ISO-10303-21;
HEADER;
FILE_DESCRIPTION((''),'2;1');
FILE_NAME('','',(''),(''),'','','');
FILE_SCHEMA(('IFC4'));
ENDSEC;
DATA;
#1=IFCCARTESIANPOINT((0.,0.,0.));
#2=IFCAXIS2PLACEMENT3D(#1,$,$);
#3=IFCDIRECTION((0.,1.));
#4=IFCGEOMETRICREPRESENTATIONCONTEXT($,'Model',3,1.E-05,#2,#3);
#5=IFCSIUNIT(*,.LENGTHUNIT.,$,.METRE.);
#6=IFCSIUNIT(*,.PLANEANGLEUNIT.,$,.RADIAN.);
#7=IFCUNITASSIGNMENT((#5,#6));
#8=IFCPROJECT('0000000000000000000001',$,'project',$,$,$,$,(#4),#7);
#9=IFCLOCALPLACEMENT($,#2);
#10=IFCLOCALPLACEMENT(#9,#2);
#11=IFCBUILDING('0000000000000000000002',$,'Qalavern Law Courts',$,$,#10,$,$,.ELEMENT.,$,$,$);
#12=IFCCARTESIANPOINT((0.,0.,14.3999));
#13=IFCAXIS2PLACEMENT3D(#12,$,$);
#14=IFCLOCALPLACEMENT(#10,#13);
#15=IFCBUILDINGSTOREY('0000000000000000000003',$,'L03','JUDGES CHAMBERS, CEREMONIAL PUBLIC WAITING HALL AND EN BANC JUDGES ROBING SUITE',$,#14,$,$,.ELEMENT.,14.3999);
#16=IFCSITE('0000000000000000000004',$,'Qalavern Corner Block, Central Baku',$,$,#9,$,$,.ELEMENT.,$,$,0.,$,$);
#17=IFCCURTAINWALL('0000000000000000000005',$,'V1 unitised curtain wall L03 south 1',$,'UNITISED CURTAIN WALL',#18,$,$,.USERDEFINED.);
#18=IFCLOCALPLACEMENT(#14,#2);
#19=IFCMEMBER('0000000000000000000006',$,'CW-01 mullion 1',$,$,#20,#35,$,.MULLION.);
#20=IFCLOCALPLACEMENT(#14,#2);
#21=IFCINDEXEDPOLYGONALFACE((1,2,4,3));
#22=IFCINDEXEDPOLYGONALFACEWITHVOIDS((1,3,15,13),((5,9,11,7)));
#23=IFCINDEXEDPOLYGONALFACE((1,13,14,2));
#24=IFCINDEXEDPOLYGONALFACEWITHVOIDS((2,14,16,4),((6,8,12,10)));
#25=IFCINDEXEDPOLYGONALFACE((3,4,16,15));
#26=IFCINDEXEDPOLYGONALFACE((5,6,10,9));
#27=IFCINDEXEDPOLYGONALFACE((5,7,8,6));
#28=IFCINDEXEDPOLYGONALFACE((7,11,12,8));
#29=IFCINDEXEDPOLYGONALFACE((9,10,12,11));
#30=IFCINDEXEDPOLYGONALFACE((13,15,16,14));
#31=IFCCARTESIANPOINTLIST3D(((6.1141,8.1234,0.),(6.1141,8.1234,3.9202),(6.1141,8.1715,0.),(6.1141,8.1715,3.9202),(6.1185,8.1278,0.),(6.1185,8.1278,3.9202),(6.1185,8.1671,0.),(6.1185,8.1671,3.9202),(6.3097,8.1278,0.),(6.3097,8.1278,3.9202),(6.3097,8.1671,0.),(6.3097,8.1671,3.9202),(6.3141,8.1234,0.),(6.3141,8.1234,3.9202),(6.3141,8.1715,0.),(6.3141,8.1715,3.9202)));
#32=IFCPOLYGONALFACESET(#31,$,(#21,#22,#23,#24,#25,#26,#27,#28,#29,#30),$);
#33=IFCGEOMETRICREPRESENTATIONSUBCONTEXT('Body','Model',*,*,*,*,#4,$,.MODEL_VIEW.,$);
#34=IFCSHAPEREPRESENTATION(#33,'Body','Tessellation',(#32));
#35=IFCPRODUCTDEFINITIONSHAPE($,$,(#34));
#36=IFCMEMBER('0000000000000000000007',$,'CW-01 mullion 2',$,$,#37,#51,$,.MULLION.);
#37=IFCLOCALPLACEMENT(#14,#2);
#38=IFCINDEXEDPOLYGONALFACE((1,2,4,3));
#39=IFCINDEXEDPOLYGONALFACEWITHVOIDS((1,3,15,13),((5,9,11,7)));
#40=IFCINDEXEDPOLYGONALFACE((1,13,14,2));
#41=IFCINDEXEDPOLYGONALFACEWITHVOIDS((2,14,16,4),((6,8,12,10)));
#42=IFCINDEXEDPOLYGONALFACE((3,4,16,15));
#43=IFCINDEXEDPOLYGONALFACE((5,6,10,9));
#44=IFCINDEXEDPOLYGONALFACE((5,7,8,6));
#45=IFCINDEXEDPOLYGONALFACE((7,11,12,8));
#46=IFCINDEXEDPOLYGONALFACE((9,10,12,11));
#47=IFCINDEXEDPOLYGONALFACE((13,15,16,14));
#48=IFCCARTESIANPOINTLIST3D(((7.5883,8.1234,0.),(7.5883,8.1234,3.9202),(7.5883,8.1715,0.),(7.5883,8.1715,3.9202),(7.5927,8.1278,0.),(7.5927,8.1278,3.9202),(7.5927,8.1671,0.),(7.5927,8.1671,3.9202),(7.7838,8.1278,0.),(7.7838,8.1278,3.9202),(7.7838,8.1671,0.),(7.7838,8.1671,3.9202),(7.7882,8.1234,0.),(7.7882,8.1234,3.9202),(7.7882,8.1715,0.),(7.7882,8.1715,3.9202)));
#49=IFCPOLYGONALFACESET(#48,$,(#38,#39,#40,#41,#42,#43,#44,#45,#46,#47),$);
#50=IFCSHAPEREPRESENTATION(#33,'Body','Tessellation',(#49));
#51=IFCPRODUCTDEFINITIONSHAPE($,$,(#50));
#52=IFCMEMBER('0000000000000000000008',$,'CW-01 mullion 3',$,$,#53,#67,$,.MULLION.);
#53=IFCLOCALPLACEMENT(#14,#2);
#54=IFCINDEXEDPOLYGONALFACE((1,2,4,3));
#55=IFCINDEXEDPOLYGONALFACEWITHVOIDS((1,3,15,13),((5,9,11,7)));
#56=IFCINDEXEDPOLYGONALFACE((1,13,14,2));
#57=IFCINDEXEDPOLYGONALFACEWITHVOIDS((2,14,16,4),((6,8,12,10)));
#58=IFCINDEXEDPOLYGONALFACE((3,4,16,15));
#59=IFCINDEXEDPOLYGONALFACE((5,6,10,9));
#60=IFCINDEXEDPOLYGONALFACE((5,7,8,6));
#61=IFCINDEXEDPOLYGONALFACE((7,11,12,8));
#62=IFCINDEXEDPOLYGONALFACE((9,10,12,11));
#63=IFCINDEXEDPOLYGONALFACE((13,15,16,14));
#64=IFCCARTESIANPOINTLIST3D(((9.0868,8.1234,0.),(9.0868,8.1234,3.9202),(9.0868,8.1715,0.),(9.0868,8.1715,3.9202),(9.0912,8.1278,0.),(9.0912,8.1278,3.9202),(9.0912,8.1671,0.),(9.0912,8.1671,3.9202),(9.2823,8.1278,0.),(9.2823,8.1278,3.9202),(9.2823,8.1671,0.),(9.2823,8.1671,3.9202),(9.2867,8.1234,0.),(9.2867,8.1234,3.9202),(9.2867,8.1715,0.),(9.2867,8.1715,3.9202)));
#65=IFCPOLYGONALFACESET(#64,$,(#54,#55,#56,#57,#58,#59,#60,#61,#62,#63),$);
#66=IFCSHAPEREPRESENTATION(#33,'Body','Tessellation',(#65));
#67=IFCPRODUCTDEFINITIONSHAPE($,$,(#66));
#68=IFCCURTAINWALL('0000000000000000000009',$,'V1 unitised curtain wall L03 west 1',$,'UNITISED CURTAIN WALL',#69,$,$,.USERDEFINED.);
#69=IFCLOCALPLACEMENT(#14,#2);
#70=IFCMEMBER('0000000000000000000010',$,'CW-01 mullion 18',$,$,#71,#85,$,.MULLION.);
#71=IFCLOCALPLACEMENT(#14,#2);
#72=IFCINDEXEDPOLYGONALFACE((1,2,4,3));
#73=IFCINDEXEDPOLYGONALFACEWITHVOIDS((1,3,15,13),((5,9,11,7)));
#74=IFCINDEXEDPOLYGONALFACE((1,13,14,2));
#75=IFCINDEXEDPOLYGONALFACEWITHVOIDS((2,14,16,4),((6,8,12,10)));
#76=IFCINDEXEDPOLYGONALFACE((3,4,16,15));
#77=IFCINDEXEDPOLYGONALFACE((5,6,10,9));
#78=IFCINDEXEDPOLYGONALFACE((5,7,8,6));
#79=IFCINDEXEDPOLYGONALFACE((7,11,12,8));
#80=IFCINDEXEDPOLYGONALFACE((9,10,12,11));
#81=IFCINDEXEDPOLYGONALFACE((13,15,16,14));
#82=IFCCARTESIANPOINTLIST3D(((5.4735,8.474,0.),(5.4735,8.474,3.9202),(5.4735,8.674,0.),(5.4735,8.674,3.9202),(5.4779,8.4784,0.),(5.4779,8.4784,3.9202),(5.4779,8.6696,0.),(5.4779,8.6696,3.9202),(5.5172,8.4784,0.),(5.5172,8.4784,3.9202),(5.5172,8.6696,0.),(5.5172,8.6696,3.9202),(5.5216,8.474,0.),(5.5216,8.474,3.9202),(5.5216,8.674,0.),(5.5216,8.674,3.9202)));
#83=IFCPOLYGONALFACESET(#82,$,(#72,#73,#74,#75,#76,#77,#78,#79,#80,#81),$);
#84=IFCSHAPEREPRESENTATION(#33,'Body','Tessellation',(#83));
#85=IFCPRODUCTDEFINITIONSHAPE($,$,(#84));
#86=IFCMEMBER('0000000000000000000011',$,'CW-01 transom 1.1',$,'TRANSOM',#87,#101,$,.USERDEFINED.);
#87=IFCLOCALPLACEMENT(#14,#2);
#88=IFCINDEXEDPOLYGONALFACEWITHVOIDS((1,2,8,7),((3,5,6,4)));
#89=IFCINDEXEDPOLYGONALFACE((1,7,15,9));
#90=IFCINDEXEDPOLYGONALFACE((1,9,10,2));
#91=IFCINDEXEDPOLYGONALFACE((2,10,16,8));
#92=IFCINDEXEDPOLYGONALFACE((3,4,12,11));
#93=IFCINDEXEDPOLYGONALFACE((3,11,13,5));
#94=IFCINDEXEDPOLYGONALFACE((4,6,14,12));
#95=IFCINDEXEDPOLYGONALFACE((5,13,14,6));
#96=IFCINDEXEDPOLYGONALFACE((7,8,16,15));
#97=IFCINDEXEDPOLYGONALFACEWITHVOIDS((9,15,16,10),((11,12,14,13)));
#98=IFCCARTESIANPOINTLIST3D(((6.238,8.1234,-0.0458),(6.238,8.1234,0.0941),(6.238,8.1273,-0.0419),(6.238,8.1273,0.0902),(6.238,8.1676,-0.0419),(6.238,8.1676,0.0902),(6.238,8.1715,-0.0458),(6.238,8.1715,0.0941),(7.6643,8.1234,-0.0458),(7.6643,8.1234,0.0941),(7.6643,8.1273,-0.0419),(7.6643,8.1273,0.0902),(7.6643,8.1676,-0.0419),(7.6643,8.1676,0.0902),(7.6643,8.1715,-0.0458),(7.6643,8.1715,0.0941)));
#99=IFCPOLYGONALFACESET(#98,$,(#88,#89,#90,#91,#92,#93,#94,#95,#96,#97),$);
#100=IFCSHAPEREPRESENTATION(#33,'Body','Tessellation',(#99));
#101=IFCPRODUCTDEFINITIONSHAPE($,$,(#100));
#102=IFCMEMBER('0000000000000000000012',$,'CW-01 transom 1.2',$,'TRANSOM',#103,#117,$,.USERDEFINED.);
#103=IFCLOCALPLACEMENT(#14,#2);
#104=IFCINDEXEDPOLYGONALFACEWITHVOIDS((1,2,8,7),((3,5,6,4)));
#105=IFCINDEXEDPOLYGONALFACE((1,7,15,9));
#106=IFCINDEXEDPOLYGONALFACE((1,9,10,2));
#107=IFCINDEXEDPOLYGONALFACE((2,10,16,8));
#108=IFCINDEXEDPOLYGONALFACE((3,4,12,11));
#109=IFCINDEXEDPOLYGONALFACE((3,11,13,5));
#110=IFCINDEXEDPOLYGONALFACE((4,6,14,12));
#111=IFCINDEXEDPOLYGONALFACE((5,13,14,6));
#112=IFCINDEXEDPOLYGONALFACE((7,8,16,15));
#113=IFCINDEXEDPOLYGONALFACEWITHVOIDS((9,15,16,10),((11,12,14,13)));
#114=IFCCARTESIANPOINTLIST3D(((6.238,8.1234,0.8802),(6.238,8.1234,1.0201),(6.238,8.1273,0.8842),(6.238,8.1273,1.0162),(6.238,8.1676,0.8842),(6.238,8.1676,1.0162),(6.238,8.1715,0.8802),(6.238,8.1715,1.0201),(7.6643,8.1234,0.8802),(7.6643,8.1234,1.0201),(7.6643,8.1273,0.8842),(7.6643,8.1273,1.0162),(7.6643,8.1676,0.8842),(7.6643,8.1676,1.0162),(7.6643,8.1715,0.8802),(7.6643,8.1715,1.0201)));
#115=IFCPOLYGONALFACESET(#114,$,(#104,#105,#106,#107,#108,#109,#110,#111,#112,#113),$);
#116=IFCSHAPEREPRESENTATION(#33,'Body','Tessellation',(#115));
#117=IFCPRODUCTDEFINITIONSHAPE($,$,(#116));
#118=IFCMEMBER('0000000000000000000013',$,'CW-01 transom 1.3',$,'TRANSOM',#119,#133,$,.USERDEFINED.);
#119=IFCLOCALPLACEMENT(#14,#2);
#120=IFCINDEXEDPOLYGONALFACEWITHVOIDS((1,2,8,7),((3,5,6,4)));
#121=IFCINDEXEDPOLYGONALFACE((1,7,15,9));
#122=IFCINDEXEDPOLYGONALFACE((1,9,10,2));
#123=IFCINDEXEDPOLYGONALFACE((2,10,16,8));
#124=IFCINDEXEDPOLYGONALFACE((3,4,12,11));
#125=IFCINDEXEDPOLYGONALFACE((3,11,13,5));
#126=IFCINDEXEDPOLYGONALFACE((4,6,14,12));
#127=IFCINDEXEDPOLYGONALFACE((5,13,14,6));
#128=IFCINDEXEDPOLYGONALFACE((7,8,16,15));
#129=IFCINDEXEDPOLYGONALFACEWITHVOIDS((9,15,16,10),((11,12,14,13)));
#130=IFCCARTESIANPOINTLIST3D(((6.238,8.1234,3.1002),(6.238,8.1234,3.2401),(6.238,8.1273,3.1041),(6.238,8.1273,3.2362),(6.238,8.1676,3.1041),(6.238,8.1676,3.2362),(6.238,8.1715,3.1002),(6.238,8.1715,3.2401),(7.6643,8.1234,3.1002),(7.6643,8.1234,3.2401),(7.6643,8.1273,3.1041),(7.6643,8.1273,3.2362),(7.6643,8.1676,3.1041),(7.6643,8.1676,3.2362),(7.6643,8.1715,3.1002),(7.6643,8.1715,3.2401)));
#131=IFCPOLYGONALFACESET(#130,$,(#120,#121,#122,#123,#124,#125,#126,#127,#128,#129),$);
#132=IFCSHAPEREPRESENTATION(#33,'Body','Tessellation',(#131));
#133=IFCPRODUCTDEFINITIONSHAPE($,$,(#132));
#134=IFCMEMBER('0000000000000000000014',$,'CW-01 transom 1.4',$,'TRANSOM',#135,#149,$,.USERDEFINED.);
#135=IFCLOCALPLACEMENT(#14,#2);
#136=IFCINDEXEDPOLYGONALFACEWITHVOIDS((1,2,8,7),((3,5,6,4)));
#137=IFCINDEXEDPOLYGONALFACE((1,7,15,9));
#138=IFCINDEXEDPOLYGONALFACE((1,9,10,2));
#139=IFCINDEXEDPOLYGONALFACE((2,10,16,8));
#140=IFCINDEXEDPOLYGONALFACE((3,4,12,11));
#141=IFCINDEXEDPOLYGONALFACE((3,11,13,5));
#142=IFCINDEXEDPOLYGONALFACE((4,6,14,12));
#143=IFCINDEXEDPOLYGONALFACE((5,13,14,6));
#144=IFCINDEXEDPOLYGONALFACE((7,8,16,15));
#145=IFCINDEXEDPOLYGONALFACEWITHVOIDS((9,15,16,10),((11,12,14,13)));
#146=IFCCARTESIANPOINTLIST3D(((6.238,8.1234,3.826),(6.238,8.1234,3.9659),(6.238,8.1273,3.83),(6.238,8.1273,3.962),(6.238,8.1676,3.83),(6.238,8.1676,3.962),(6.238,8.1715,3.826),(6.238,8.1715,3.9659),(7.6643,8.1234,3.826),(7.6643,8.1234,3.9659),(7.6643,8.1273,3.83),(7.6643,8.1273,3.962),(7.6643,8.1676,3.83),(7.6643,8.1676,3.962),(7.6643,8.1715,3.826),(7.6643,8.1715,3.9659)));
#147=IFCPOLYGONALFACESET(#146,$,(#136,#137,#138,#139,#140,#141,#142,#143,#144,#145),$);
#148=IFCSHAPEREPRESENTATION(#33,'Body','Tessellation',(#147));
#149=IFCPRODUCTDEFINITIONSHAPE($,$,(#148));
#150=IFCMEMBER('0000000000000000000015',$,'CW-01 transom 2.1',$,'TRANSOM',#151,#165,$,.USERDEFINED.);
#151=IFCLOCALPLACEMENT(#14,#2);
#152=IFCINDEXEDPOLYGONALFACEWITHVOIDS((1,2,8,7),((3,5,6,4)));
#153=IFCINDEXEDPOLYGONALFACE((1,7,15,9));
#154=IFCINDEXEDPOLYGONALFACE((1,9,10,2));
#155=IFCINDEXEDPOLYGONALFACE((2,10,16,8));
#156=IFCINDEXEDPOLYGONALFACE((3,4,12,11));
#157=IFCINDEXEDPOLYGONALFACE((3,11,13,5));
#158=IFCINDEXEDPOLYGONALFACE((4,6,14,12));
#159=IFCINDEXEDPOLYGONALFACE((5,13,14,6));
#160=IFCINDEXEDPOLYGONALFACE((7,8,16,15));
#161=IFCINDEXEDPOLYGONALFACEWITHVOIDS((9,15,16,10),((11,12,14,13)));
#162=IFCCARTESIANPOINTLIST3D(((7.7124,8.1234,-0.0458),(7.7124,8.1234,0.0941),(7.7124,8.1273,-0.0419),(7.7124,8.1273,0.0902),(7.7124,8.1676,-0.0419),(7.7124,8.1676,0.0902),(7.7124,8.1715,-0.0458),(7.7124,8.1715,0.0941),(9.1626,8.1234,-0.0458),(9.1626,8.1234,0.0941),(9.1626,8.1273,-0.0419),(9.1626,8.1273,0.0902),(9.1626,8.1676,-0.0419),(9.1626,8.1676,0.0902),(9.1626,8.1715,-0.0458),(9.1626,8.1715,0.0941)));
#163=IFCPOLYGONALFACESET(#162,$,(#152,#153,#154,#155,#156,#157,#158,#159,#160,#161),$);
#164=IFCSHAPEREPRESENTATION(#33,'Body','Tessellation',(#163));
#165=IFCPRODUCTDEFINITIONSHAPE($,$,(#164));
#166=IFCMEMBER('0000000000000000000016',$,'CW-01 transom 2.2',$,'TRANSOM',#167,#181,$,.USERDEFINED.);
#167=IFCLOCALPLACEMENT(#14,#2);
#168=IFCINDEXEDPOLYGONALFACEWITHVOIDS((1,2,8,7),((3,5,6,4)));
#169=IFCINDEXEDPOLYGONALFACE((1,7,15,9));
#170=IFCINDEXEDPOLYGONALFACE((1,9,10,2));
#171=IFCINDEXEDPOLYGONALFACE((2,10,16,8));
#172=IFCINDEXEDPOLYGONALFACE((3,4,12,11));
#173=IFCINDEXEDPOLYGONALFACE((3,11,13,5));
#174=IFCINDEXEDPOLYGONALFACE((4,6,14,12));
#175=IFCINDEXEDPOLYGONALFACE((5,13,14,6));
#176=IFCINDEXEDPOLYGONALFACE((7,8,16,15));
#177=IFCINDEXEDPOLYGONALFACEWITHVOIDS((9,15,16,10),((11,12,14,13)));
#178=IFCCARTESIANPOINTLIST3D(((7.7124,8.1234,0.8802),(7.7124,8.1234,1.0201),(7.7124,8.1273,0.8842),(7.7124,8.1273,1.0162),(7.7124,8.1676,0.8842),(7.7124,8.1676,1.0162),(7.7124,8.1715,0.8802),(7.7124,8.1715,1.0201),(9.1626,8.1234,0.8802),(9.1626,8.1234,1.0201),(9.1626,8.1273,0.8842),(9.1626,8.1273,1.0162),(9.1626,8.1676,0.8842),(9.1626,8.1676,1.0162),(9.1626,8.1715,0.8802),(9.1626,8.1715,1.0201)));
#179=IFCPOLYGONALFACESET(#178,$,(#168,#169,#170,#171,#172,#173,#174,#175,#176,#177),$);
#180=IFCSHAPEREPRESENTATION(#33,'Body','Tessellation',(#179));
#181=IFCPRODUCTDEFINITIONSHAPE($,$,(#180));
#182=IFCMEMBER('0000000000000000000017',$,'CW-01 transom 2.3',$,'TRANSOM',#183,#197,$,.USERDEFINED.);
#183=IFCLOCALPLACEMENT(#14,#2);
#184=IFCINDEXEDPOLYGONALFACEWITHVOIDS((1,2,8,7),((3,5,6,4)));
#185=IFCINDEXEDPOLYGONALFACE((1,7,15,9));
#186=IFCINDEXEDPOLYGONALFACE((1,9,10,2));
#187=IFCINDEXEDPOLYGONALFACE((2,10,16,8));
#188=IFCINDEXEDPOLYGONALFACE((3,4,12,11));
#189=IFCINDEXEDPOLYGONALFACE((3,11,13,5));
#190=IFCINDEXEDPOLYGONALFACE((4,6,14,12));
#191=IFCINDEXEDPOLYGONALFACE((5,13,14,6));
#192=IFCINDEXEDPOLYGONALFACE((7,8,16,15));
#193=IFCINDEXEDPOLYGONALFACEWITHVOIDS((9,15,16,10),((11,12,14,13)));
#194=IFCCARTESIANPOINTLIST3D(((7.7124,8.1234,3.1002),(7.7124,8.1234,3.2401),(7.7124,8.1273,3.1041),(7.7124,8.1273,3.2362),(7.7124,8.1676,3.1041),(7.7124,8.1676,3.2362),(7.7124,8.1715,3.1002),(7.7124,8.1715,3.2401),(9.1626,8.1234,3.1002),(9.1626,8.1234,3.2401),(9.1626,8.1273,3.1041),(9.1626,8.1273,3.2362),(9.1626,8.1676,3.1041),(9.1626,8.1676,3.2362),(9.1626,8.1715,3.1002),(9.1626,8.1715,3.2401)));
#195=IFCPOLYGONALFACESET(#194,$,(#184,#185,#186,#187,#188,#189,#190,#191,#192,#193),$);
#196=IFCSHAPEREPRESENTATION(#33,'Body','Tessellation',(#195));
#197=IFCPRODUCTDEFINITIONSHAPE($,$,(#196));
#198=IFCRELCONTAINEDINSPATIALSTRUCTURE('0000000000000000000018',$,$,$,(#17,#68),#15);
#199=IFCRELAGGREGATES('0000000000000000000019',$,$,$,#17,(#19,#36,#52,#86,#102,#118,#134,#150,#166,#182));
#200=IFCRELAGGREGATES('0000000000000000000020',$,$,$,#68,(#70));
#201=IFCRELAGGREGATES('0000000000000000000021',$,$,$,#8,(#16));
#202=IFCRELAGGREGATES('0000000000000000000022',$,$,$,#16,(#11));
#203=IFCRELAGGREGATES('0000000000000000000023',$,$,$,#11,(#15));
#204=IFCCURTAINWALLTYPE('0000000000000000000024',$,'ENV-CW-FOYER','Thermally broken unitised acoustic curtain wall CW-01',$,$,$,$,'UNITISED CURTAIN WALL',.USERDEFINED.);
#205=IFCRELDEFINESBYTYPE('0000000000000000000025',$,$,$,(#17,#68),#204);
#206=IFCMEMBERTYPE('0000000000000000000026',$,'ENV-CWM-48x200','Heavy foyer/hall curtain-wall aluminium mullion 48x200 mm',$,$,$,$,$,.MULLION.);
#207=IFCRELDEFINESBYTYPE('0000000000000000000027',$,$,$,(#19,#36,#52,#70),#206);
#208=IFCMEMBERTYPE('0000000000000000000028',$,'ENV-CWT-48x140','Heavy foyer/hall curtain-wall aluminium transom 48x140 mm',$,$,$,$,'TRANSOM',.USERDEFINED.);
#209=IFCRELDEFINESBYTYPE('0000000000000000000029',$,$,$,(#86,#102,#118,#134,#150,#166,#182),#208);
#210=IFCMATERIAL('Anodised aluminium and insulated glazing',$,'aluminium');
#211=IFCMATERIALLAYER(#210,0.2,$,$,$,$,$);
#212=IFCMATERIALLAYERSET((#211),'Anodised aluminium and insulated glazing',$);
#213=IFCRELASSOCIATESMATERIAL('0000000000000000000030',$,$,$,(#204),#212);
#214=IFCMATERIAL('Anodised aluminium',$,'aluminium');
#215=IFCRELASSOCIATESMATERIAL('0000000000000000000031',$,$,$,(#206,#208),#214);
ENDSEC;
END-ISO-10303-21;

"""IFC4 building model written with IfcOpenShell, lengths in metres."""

from ifc_helpers import new_model, si_unit, direction, frame, origin, origin_2d, place, context, subcontext, project, spatial, hollow_rectangle, extrude, material, layer, layer_set, material_profile, profile_set, type_object, element, aggregate, save


model = new_model("IFC4")

# Units and contexts
model_context = context("Model", 3, precision=1e-05, world=origin(), true_north=direction((0.0, 1.0)))
body_context = subcontext(model_context, "Body", "Model", "MODEL_VIEW")
ifc_project = project(units=[si_unit("LENGTHUNIT", "METRE"), si_unit("PLANEANGLEUNIT", "RADIAN")], contexts=[model_context])

# Site, building, storey
site_placement = place(None, origin())
site = spatial("IfcSite", under=ifc_project, at=site_placement, Name="Qalavern Corner Block, Central Baku", CompositionType="ELEMENT", RefElevation=0.0)
building_placement = place(site_placement, origin())
building = spatial("IfcBuilding", under=site, at=building_placement, Name="Qalavern Law Courts", CompositionType="ELEMENT")
storey_placement = place(building_placement, frame((0.0, 0.0, 14.3999)))
storey = spatial("IfcBuildingStorey", under=building, at=storey_placement, Name="L03", Description="JUDGES CHAMBERS, CEREMONIAL PUBLIC WAITING HALL AND EN BANC JUDGES ROBING SUITE", CompositionType="ELEMENT", Elevation=14.3999)

# Curtain wall, members
ifc_material_1 = material(Name="Anodised aluminium and insulated glazing", Category="aluminium")
ifc_layer_1 = layer(ifc_material_1, 0.2)
ifc_layer_set_1 = layer_set([ifc_layer_1], Name="Anodised aluminium and insulated glazing")
curtain_wall_type = type_object("IfcCurtainWallType", Name="ENV-CW-FOYER", Description="Thermally broken unitised acoustic curtain wall CW-01", ElementType="UNITISED CURTAIN WALL", PredefinedType="USERDEFINED", material=ifc_layer_set_1)
curtain_wall_1_placement = place(storey_placement, origin())
curtain_wall_1 = element("IfcCurtainWall", 1, at=curtain_wall_1_placement, inside=storey, type_object=curtain_wall_type, Name="V1 unitised curtain wall L03 south 1", ObjectType="UNITISED CURTAIN WALL", PredefinedType="USERDEFINED")
ifc_material_2 = material(Name="Anodised aluminium", Category="aluminium")
ifc_material_profile_1 = material_profile(ifc_material_2, hollow_rectangle(XDim=0.0481, YDim=0.2, WallThickness=0.0044, at=origin_2d()), Name="ALU MULLION 48x200")
ifc_profile_set_1 = profile_set([ifc_material_profile_1], Name="Anodised aluminium")
member_type_1 = type_object("IfcMemberType", Name="ENV-CWM-48x200", Description="Heavy foyer/hall curtain-wall aluminium mullion 48x200 mm", PredefinedType="MULLION", material=ifc_profile_set_1)
member_1_placement = place(storey_placement, frame((6.2141, 8.1475, 0.0), z_axis=(0.0, 0.0, 1.0), x_axis=(0.0, 1.0, 0.0)))
member_1 = element("IfcMember", 2, at=member_1_placement, type_object=member_type_1, Name="CW-01 mullion 1", PredefinedType="MULLION", context=body_context, shape_type="SweptSolid", body=[
    extrude(hollow_rectangle(XDim=0.0481, YDim=0.2, WallThickness=0.0044, at=origin_2d()), origin(), (0.0, 0.0, 1.0), 3.9202),
])
member_2_placement = place(storey_placement, frame((7.6882, 8.1475, 0.0), z_axis=(0.0, 0.0, 1.0), x_axis=(0.0, 1.0, 0.0)))
member_2 = element("IfcMember", 3, at=member_2_placement, type_object=member_type_1, Name="CW-01 mullion 2", PredefinedType="MULLION", context=body_context, shape_type="SweptSolid", body=[
    extrude(hollow_rectangle(XDim=0.0481, YDim=0.2, WallThickness=0.0044, at=origin_2d()), origin(), (0.0, 0.0, 1.0), 3.9202),
])
member_3_placement = place(storey_placement, frame((9.1868, 8.1475, 0.0), z_axis=(0.0, 0.0, 1.0), x_axis=(0.0, 1.0, 0.0)))
member_3 = element("IfcMember", 4, at=member_3_placement, type_object=member_type_1, Name="CW-01 mullion 3", PredefinedType="MULLION", context=body_context, shape_type="SweptSolid", body=[
    extrude(hollow_rectangle(XDim=0.0481, YDim=0.2, WallThickness=0.0044, at=origin_2d()), origin(), (0.0, 0.0, 1.0), 3.9202),
])

# Curtain wall, member
curtain_wall_2_placement = place(storey_placement, origin())
curtain_wall_2 = element("IfcCurtainWall", 5, at=curtain_wall_2_placement, inside=storey, type_object=curtain_wall_type, Name="V1 unitised curtain wall L03 west 1", ObjectType="UNITISED CURTAIN WALL", PredefinedType="USERDEFINED")
member_4_placement = place(storey_placement, frame((5.4976, 8.574, 0.0), z_axis=(0.0, 0.0, 1.0), x_axis=(1.0, 0.0, 0.0)))
member_4 = element("IfcMember", 6, at=member_4_placement, type_object=member_type_1, Name="CW-01 mullion 18", PredefinedType="MULLION", context=body_context, shape_type="SweptSolid", body=[
    extrude(hollow_rectangle(XDim=0.0481, YDim=0.2, WallThickness=0.0044, at=origin_2d()), origin(), (0.0, 0.0, 1.0), 3.9202),
])

# Members
ifc_material_profile_2 = material_profile(ifc_material_2, hollow_rectangle(XDim=0.0481, YDim=0.1399, WallThickness=0.0039, at=origin_2d()), Name="ALU TRANSOM 48x140")
ifc_profile_set_2 = profile_set([ifc_material_profile_2], Name="Anodised aluminium")
member_type_2 = type_object("IfcMemberType", Name="ENV-CWT-48x140", Description="Heavy foyer/hall curtain-wall aluminium transom 48x140 mm", ElementType="TRANSOM", PredefinedType="USERDEFINED", material=ifc_profile_set_2)
member_5_placement = place(storey_placement, frame((6.238, 8.1475, 0.0242), z_axis=(1.0, 0.0, 0.0), x_axis=(0.0, 1.0, 0.0)))
member_5 = element("IfcMember", 7, at=member_5_placement, type_object=member_type_2, Name="CW-01 transom 1.1", ObjectType="TRANSOM", PredefinedType="USERDEFINED", context=body_context, shape_type="SweptSolid", body=[
    extrude(hollow_rectangle(XDim=0.0481, YDim=0.1399, WallThickness=0.0039, at=origin_2d()), origin(), (0.0, 0.0, 1.0), 1.4263),
])
member_6_placement = place(storey_placement, frame((6.238, 8.1475, 0.9502), z_axis=(1.0, 0.0, 0.0), x_axis=(0.0, 1.0, 0.0)))
member_6 = element("IfcMember", 8, at=member_6_placement, type_object=member_type_2, Name="CW-01 transom 1.2", ObjectType="TRANSOM", PredefinedType="USERDEFINED", context=body_context, shape_type="SweptSolid", body=[
    extrude(hollow_rectangle(XDim=0.0481, YDim=0.1399, WallThickness=0.0039, at=origin_2d()), origin(), (0.0, 0.0, 1.0), 1.4263),
])
member_7_placement = place(storey_placement, frame((6.238, 8.1475, 3.1702), z_axis=(1.0, 0.0, 0.0), x_axis=(0.0, 1.0, 0.0)))
member_7 = element("IfcMember", 9, at=member_7_placement, type_object=member_type_2, Name="CW-01 transom 1.3", ObjectType="TRANSOM", PredefinedType="USERDEFINED", context=body_context, shape_type="SweptSolid", body=[
    extrude(hollow_rectangle(XDim=0.0481, YDim=0.1399, WallThickness=0.0039, at=origin_2d()), origin(), (0.0, 0.0, 1.0), 1.4263),
])
member_8_placement = place(storey_placement, frame((6.238, 8.1475, 3.896), z_axis=(1.0, 0.0, 0.0), x_axis=(0.0, 1.0, 0.0)))
member_8 = element("IfcMember", 10, at=member_8_placement, type_object=member_type_2, Name="CW-01 transom 1.4", ObjectType="TRANSOM", PredefinedType="USERDEFINED", context=body_context, shape_type="SweptSolid", body=[
    extrude(hollow_rectangle(XDim=0.0481, YDim=0.1399, WallThickness=0.0039, at=origin_2d()), origin(), (0.0, 0.0, 1.0), 1.4263),
])
member_9_placement = place(storey_placement, frame((7.7124, 8.1475, 0.0242), z_axis=(1.0, 0.0, 0.0), x_axis=(0.0, 1.0, 0.0)))
member_9 = element("IfcMember", 11, at=member_9_placement, type_object=member_type_2, Name="CW-01 transom 2.1", ObjectType="TRANSOM", PredefinedType="USERDEFINED", context=body_context, shape_type="SweptSolid", body=[
    extrude(hollow_rectangle(XDim=0.0481, YDim=0.1399, WallThickness=0.0039, at=origin_2d()), origin(), (0.0, 0.0, 1.0), 1.4502),
])
member_10_placement = place(storey_placement, frame((7.7124, 8.1475, 0.9502), z_axis=(1.0, 0.0, 0.0), x_axis=(0.0, 1.0, 0.0)))
member_10 = element("IfcMember", 12, at=member_10_placement, type_object=member_type_2, Name="CW-01 transom 2.2", ObjectType="TRANSOM", PredefinedType="USERDEFINED", context=body_context, shape_type="SweptSolid", body=[
    extrude(hollow_rectangle(XDim=0.0481, YDim=0.1399, WallThickness=0.0039, at=origin_2d()), origin(), (0.0, 0.0, 1.0), 1.4502),
])
member_11_placement = place(storey_placement, frame((7.7124, 8.1475, 3.1702), z_axis=(1.0, 0.0, 0.0), x_axis=(0.0, 1.0, 0.0)))
member_11 = element("IfcMember", 13, at=member_11_placement, type_object=member_type_2, Name="CW-01 transom 2.3", ObjectType="TRANSOM", PredefinedType="USERDEFINED", context=body_context, shape_type="SweptSolid", body=[
    extrude(hollow_rectangle(XDim=0.0481, YDim=0.1399, WallThickness=0.0039, at=origin_2d()), origin(), (0.0, 0.0, 1.0), 1.4502),
])

aggregate(curtain_wall_1, [member_1, member_2, member_3, member_5, member_6, member_7, member_8, member_9, member_10, member_11])
aggregate(curtain_wall_2, [member_4])

save(model, "model.ifc")
